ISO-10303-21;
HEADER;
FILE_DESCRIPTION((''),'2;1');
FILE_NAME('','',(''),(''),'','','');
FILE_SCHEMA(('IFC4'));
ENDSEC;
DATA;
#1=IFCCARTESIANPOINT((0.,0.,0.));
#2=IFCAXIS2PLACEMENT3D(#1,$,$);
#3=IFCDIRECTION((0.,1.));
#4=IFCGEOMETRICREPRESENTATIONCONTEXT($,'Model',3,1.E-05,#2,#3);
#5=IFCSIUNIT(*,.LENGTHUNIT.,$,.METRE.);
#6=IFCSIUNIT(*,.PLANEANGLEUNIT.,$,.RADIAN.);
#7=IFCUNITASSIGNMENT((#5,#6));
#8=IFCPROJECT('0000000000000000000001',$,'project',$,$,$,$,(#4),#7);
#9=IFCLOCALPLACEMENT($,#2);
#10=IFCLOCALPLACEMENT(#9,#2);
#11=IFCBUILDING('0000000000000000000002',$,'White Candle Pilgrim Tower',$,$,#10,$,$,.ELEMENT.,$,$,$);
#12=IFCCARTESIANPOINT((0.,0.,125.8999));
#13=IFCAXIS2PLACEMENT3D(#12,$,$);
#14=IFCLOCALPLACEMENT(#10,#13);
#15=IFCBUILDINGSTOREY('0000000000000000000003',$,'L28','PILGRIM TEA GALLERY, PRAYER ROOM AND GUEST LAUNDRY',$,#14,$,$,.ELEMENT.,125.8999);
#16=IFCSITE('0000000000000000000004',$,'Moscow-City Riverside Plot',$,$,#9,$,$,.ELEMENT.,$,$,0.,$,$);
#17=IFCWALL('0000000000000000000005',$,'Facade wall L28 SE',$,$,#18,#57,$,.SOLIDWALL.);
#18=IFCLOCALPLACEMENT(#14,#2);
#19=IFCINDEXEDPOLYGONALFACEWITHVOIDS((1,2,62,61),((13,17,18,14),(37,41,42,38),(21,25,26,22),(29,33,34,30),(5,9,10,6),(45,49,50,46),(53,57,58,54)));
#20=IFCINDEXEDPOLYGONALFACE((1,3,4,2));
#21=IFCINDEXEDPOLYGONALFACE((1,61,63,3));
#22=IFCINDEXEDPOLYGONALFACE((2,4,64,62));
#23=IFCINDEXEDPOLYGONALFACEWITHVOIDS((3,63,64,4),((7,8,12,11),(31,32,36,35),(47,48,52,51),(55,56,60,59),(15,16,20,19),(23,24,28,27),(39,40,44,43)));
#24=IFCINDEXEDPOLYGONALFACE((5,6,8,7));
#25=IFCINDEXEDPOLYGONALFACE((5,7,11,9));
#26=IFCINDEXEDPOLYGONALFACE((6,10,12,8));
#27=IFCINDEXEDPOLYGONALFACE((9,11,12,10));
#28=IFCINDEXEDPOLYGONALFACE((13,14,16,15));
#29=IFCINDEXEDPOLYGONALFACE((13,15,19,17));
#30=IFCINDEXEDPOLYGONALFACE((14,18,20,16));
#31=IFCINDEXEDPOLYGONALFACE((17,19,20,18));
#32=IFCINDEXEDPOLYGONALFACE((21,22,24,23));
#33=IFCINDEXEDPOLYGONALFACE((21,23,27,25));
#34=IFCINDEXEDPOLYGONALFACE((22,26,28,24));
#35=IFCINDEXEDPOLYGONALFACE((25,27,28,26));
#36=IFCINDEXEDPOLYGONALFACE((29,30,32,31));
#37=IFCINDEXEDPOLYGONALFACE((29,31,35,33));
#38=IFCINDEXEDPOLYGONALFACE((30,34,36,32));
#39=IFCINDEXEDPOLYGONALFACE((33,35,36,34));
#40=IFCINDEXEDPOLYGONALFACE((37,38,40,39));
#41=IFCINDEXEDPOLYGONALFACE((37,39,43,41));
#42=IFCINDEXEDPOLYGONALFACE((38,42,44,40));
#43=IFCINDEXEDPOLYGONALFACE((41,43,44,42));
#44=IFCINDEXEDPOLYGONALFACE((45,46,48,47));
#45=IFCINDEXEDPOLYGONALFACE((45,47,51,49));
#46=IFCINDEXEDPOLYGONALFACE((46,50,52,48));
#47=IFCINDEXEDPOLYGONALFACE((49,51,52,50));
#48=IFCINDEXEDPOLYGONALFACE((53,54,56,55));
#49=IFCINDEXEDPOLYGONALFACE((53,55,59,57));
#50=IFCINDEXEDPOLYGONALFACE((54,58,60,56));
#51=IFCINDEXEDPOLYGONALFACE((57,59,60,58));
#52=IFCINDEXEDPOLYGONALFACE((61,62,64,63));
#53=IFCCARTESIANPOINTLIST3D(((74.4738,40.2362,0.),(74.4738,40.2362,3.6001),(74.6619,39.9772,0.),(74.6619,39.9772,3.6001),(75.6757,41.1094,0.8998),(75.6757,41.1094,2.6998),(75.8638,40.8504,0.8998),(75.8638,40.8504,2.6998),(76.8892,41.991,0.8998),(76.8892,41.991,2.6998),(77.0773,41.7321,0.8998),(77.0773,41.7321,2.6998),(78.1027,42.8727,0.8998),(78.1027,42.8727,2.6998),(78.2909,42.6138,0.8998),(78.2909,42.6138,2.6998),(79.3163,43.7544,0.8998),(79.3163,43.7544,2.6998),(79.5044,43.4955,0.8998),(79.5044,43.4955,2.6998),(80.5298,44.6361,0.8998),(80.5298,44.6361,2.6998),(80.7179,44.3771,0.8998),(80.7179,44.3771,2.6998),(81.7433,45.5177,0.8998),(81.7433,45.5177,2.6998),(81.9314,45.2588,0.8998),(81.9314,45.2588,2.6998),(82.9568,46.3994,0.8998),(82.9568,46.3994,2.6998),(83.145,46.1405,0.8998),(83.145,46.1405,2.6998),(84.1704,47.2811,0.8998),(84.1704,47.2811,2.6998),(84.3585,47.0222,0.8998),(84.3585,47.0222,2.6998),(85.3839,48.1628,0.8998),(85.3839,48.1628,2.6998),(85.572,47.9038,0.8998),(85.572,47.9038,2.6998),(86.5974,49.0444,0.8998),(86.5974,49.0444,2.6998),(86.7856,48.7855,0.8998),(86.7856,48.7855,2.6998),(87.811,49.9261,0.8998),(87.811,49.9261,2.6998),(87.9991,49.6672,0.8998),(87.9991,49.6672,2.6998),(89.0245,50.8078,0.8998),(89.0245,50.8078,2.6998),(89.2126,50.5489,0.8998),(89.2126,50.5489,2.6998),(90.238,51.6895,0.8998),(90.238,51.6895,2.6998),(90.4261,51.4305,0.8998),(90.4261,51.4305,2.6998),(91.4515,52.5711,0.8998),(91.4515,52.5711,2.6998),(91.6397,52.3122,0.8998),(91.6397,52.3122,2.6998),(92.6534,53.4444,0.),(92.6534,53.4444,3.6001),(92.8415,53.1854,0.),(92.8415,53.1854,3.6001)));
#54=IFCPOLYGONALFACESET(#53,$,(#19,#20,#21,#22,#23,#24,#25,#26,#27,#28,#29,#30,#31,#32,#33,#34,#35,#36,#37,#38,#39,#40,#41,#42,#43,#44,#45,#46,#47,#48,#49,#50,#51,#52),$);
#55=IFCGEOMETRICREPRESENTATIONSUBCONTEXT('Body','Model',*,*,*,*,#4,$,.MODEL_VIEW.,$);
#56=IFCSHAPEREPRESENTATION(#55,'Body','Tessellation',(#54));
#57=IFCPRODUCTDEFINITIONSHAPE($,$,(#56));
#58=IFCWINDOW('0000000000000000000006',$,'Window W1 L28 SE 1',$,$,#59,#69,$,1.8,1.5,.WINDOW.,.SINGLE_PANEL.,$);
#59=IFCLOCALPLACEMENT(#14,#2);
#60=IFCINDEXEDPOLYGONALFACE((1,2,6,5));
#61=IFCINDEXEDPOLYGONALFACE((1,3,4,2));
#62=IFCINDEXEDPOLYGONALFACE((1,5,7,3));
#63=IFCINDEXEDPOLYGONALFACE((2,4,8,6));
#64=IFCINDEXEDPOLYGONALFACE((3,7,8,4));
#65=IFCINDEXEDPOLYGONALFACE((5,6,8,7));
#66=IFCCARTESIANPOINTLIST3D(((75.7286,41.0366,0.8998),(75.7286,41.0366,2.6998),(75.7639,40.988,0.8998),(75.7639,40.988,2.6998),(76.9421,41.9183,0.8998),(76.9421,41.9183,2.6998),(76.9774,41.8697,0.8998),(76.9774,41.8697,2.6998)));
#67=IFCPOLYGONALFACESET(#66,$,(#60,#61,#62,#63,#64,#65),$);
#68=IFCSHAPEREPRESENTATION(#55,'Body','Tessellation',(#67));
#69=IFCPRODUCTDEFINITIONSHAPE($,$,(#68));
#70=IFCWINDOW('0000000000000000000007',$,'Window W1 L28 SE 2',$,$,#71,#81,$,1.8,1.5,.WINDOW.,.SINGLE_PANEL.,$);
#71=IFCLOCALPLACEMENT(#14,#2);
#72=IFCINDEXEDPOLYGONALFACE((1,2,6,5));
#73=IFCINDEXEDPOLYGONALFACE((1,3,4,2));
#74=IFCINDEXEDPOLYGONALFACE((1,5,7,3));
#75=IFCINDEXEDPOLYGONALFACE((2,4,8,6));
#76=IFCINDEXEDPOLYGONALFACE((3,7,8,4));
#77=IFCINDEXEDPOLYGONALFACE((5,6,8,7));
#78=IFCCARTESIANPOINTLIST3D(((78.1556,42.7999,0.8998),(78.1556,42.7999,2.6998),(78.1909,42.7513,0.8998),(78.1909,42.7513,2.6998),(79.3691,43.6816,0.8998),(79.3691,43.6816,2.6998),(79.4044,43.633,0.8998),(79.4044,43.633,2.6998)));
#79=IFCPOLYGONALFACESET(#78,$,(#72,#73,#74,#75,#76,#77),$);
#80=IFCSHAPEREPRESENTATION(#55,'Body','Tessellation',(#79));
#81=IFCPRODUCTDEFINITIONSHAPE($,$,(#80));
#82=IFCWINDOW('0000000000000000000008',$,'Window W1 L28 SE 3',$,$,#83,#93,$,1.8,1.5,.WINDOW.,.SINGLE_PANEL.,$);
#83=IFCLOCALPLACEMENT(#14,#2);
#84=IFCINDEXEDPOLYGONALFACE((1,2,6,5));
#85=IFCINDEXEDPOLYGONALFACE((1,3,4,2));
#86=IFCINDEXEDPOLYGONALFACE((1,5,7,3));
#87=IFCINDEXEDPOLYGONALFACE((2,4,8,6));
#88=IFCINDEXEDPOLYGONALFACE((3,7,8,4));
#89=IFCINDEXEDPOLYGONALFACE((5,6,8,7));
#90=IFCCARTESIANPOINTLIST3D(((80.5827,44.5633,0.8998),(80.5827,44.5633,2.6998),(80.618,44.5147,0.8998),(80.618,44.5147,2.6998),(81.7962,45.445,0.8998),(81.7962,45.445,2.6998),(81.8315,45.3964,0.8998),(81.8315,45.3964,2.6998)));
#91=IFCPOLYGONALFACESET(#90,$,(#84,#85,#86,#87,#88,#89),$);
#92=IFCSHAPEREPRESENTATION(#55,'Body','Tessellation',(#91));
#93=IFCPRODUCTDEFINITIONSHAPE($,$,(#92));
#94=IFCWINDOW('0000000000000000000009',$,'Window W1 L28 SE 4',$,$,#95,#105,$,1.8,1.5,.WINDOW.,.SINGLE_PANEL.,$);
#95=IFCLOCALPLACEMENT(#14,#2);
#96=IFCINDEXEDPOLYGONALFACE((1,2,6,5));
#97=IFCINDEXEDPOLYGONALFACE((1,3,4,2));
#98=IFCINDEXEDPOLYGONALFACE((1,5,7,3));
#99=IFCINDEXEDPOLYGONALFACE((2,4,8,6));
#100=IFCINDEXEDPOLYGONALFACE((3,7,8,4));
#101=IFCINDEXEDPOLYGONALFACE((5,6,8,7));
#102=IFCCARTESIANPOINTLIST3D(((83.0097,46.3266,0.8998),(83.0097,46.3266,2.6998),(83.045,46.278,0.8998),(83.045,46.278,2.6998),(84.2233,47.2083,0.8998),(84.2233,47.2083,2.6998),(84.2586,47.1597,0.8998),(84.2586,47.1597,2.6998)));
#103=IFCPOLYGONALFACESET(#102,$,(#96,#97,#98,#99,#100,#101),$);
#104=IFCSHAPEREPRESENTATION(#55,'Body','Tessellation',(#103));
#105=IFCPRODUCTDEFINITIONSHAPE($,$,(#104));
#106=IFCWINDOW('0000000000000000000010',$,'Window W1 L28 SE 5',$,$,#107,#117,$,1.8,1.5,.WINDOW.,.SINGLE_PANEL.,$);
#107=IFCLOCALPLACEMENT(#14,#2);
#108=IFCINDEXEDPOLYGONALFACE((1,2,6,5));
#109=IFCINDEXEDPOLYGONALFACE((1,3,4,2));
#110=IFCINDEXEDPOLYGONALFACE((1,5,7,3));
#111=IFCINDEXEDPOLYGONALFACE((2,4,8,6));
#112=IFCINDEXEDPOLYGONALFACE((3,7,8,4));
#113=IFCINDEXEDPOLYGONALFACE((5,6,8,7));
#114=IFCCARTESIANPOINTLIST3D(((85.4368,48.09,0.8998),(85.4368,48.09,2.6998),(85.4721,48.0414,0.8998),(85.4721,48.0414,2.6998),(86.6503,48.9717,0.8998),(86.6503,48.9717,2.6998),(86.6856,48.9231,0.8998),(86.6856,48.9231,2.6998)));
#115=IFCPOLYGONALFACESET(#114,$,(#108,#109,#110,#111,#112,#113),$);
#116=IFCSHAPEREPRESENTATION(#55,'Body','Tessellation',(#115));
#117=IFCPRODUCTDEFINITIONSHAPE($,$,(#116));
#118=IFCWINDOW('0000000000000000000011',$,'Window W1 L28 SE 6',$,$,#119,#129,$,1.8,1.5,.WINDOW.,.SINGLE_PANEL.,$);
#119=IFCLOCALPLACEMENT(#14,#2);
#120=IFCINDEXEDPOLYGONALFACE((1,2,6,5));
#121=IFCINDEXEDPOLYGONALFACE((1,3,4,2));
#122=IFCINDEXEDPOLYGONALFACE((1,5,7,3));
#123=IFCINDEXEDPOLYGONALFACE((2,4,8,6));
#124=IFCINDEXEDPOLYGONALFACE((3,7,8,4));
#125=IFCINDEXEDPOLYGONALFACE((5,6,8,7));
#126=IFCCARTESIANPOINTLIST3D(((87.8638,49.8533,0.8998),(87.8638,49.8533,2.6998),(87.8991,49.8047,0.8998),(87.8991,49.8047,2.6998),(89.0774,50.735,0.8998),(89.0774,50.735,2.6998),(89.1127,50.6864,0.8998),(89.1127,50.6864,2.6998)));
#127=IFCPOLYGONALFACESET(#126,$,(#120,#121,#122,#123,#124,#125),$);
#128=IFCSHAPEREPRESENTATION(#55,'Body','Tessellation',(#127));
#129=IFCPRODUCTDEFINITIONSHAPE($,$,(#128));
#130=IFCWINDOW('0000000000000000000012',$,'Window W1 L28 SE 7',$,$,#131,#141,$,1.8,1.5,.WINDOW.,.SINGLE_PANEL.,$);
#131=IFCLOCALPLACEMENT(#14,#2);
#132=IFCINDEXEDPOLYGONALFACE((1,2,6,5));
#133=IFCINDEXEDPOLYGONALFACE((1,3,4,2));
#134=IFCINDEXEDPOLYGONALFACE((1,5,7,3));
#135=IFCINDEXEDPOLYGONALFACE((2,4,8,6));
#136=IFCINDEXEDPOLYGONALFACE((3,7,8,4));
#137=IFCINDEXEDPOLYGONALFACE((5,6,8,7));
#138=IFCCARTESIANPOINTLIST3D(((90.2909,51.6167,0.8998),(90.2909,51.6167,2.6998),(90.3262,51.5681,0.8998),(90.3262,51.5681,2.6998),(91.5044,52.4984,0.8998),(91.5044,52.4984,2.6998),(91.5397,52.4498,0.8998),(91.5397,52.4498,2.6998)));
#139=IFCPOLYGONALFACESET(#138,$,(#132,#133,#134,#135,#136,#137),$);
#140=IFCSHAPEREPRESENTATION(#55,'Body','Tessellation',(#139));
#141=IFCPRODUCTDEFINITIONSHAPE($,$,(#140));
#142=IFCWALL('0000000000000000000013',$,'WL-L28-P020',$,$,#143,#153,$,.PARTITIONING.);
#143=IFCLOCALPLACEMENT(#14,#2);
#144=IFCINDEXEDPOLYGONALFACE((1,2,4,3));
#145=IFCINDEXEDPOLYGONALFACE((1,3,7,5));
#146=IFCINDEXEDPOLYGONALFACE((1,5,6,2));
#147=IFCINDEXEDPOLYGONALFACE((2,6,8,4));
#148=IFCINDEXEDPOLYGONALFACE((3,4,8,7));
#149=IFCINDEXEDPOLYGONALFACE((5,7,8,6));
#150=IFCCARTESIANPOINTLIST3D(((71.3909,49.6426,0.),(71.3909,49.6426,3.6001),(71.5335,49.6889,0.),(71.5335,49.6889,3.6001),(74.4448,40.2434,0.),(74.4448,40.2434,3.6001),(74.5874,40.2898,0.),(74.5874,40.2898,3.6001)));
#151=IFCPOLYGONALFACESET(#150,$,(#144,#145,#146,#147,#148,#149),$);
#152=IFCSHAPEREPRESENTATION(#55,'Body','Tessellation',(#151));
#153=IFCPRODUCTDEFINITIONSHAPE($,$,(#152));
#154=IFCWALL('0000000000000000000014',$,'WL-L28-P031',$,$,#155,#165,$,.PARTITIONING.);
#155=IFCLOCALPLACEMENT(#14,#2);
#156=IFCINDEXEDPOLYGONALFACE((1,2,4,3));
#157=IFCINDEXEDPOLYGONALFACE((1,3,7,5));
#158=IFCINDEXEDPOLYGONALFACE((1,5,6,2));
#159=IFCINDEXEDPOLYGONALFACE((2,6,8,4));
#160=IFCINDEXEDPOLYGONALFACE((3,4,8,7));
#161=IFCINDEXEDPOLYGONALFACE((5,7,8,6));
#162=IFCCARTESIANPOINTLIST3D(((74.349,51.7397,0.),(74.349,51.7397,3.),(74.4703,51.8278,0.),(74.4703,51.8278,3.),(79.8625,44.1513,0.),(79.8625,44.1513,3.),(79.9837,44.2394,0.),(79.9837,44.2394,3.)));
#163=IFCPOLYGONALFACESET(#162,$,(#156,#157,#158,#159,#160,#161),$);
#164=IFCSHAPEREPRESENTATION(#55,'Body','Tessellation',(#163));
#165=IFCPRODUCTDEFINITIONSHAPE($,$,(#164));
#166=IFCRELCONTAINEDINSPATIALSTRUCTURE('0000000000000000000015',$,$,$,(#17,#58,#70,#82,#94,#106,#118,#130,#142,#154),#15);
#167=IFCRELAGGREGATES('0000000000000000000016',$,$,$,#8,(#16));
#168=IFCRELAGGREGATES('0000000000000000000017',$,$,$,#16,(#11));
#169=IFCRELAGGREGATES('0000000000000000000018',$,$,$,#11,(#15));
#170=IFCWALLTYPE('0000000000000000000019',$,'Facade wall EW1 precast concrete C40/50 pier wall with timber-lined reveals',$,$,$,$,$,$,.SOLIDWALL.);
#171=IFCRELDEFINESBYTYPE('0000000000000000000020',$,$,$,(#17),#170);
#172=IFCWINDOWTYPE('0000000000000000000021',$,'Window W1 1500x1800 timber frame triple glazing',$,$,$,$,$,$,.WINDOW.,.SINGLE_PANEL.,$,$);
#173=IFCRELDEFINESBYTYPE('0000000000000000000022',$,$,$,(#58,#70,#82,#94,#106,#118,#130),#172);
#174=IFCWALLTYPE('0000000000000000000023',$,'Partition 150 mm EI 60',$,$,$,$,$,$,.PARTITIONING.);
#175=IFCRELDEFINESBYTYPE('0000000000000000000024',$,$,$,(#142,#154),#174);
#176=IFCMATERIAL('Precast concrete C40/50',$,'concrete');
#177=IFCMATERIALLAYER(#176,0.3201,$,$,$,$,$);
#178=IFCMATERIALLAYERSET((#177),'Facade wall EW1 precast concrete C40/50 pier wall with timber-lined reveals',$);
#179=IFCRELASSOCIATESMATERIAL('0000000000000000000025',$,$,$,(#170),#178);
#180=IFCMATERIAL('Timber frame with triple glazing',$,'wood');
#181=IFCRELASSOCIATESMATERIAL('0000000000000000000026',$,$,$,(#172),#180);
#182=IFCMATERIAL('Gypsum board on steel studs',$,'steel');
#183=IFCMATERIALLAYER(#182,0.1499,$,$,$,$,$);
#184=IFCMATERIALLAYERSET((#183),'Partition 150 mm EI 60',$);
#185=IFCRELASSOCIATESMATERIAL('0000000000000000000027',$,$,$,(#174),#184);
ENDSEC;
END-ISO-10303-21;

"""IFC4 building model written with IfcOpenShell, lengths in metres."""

from ifc_helpers import new_model, si_unit, direction, frame, frame_2d, origin, place, context, subcontext, project, spatial, rectangle, extrude, material, layer, layer_set, type_object, element, fill, save


model = new_model("IFC4")

# Units and contexts
model_context = context("Model", 3, precision=1e-05, world=origin(), true_north=direction((0.0, 1.0)))
body_context = subcontext(model_context, "Body", "Model", "MODEL_VIEW")
ifc_project = project(units=[si_unit("LENGTHUNIT", "METRE"), si_unit("PLANEANGLEUNIT", "RADIAN")], contexts=[model_context])

# Site, building, storey
site_placement = place(None, origin())
site = spatial("IfcSite", under=ifc_project, at=site_placement, Name="Moscow-City Riverside Plot", CompositionType="ELEMENT", RefElevation=0.0)
building_placement = place(site_placement, origin())
building = spatial("IfcBuilding", under=site, at=building_placement, Name="White Candle Pilgrim Tower", CompositionType="ELEMENT")
storey_placement = place(building_placement, frame((0.0, 0.0, 125.8999)))
storey = spatial("IfcBuildingStorey", under=building, at=storey_placement, Name="L28", Description="PILGRIM TEA GALLERY, PRAYER ROOM AND GUEST LAUNDRY", CompositionType="ELEMENT", Elevation=125.8999)

# Wall, openings, windows
ifc_material_1 = material(Name="Precast concrete C40/50", Category="concrete")
ifc_layer_1 = layer(ifc_material_1, 0.3201)
ifc_layer_set_1 = layer_set([ifc_layer_1], Name="Facade wall EW1 precast concrete C40/50 pier wall with timber-lined reveals")
wall_type_1 = type_object("IfcWallType", Name="Facade wall EW1 precast concrete C40/50 pier wall with timber-lined reveals", PredefinedType="SOLIDWALL", material=ifc_layer_set_1)
wall_1_placement = place(storey_placement, frame((74.5679, 40.1067, 0.0), z_axis=(0.0, 0.0, 1.0), x_axis=(0.809018, 0.587783, 0.0)))
wall_1 = element("IfcWall", 1, at=wall_1_placement, inside=storey, type_object=wall_type_1, Name="Facade wall L28 SE", PredefinedType="SOLIDWALL", context=body_context, shape_type="SweptSolid", body=[
    extrude(rectangle(XDim=22.4712, YDim=0.3201, at=frame_2d((11.2356, 0.0))), origin(), (0.0, 0.0, 1.0), 3.6001),
])
opening_1_placement = place(wall_1_placement, frame((1.4856, 0.0, 0.8999)))
opening_1 = element("IfcOpeningElement", 2, at=opening_1_placement, cuts=wall_1, PredefinedType="OPENING", context=body_context, shape_type="SweptSolid", body=[
    extrude(rectangle(XDim=1.5, YDim=1.8, at=frame_2d((0.75, 0.8999))), frame((0.0, 0.1699, 0.0), z_axis=(0.0, -1.0, 0.0), x_axis=(1.0, 0.0, 0.0)), (0.0, 0.0, 1.0), 0.3401),
])
opening_2_placement = place(wall_1_placement, frame((4.4856, 0.0, 0.8999)))
opening_2 = element("IfcOpeningElement", 3, at=opening_2_placement, cuts=wall_1, PredefinedType="OPENING", context=body_context, shape_type="SweptSolid", body=[
    extrude(rectangle(XDim=1.5, YDim=1.8, at=frame_2d((0.75, 0.8999))), frame((0.0, 0.1699, 0.0), z_axis=(0.0, -1.0, 0.0), x_axis=(1.0, 0.0, 0.0)), (0.0, 0.0, 1.0), 0.3401),
])
opening_3_placement = place(wall_1_placement, frame((7.4856, 0.0, 0.8999)))
opening_3 = element("IfcOpeningElement", 4, at=opening_3_placement, cuts=wall_1, PredefinedType="OPENING", context=body_context, shape_type="SweptSolid", body=[
    extrude(rectangle(XDim=1.5, YDim=1.8, at=frame_2d((0.75, 0.8999))), frame((0.0, 0.1699, 0.0), z_axis=(0.0, -1.0, 0.0), x_axis=(1.0, 0.0, 0.0)), (0.0, 0.0, 1.0), 0.3401),
])
opening_4_placement = place(wall_1_placement, frame((10.4856, 0.0, 0.8999)))
opening_4 = element("IfcOpeningElement", 5, at=opening_4_placement, cuts=wall_1, PredefinedType="OPENING", context=body_context, shape_type="SweptSolid", body=[
    extrude(rectangle(XDim=1.5, YDim=1.8, at=frame_2d((0.75, 0.8999))), frame((0.0, 0.1699, 0.0), z_axis=(0.0, -1.0, 0.0), x_axis=(1.0, 0.0, 0.0)), (0.0, 0.0, 1.0), 0.3401),
])
opening_5_placement = place(wall_1_placement, frame((13.4856, 0.0, 0.8999)))
opening_5 = element("IfcOpeningElement", 6, at=opening_5_placement, cuts=wall_1, PredefinedType="OPENING", context=body_context, shape_type="SweptSolid", body=[
    extrude(rectangle(XDim=1.5, YDim=1.8, at=frame_2d((0.75, 0.8999))), frame((0.0, 0.1699, 0.0), z_axis=(0.0, -1.0, 0.0), x_axis=(1.0, 0.0, 0.0)), (0.0, 0.0, 1.0), 0.3401),
])
opening_6_placement = place(wall_1_placement, frame((16.4856, 0.0, 0.8999)))
opening_6 = element("IfcOpeningElement", 7, at=opening_6_placement, cuts=wall_1, PredefinedType="OPENING", context=body_context, shape_type="SweptSolid", body=[
    extrude(rectangle(XDim=1.5, YDim=1.8, at=frame_2d((0.75, 0.8999))), frame((0.0, 0.1699, 0.0), z_axis=(0.0, -1.0, 0.0), x_axis=(1.0, 0.0, 0.0)), (0.0, 0.0, 1.0), 0.3401),
])
opening_7_placement = place(wall_1_placement, frame((19.4856, 0.0, 0.8999)))
opening_7 = element("IfcOpeningElement", 8, at=opening_7_placement, cuts=wall_1, PredefinedType="OPENING", context=body_context, shape_type="SweptSolid", body=[
    extrude(rectangle(XDim=1.5, YDim=1.8, at=frame_2d((0.75, 0.8999))), frame((0.0, 0.1699, 0.0), z_axis=(0.0, -1.0, 0.0), x_axis=(1.0, 0.0, 0.0)), (0.0, 0.0, 1.0), 0.3401),
])
ifc_material_2 = material(Name="Timber frame with triple glazing", Category="wood")
window_type = type_object("IfcWindowType", Name="Window W1 1500x1800 timber frame triple glazing", PartitioningType="SINGLE_PANEL", PredefinedType="WINDOW", material=ifc_material_2)
window_1_placement = place(opening_1_placement, origin())
window_1 = element("IfcWindow", 9, at=window_1_placement, inside=storey, type_object=window_type, Name="Window W1 L28 SE 1", OverallHeight=1.8, OverallWidth=1.5, PartitioningType="SINGLE_PANEL", PredefinedType="WINDOW", context=body_context, shape_type="SweptSolid", body=[
    extrude(rectangle(XDim=1.5, YDim=1.8, at=frame_2d((0.75, 0.8999))), frame((0.0, 0.0701, 0.0), z_axis=(0.0, -1.0, 0.0), x_axis=(1.0, 0.0, 0.0)), (0.0, 0.0, 1.0), 0.0601),
])
fill(opening_1, window_1)
window_2_placement = place(opening_2_placement, origin())
window_2 = element("IfcWindow", 10, at=window_2_placement, inside=storey, type_object=window_type, Name="Window W1 L28 SE 2", OverallHeight=1.8, OverallWidth=1.5, PartitioningType="SINGLE_PANEL", PredefinedType="WINDOW", context=body_context, shape_type="SweptSolid", body=[
    extrude(rectangle(XDim=1.5, YDim=1.8, at=frame_2d((0.75, 0.8999))), frame((0.0, 0.0701, 0.0), z_axis=(0.0, -1.0, 0.0), x_axis=(1.0, 0.0, 0.0)), (0.0, 0.0, 1.0), 0.0601),
])
fill(opening_2, window_2)
window_3_placement = place(opening_3_placement, origin())
window_3 = element("IfcWindow", 11, at=window_3_placement, inside=storey, type_object=window_type, Name="Window W1 L28 SE 3", OverallHeight=1.8, OverallWidth=1.5, PartitioningType="SINGLE_PANEL", PredefinedType="WINDOW", context=body_context, shape_type="SweptSolid", body=[
    extrude(rectangle(XDim=1.5, YDim=1.8, at=frame_2d((0.75, 0.8999))), frame((0.0, 0.0701, 0.0), z_axis=(0.0, -1.0, 0.0), x_axis=(1.0, 0.0, 0.0)), (0.0, 0.0, 1.0), 0.0601),
])
fill(opening_3, window_3)
window_4_placement = place(opening_4_placement, origin())
window_4 = element("IfcWindow", 12, at=window_4_placement, inside=storey, type_object=window_type, Name="Window W1 L28 SE 4", OverallHeight=1.8, OverallWidth=1.5, PartitioningType="SINGLE_PANEL", PredefinedType="WINDOW", context=body_context, shape_type="SweptSolid", body=[
    extrude(rectangle(XDim=1.5, YDim=1.8, at=frame_2d((0.75, 0.8999))), frame((0.0, 0.0701, 0.0), z_axis=(0.0, -1.0, 0.0), x_axis=(1.0, 0.0, 0.0)), (0.0, 0.0, 1.0), 0.0601),
])
fill(opening_4, window_4)
window_5_placement = place(opening_5_placement, origin())
window_5 = element("IfcWindow", 13, at=window_5_placement, inside=storey, type_object=window_type, Name="Window W1 L28 SE 5", OverallHeight=1.8, OverallWidth=1.5, PartitioningType="SINGLE_PANEL", PredefinedType="WINDOW", context=body_context, shape_type="SweptSolid", body=[
    extrude(rectangle(XDim=1.5, YDim=1.8, at=frame_2d((0.75, 0.8999))), frame((0.0, 0.0701, 0.0), z_axis=(0.0, -1.0, 0.0), x_axis=(1.0, 0.0, 0.0)), (0.0, 0.0, 1.0), 0.0601),
])
fill(opening_5, window_5)
window_6_placement = place(opening_6_placement, origin())
window_6 = element("IfcWindow", 14, at=window_6_placement, inside=storey, type_object=window_type, Name="Window W1 L28 SE 6", OverallHeight=1.8, OverallWidth=1.5, PartitioningType="SINGLE_PANEL", PredefinedType="WINDOW", context=body_context, shape_type="SweptSolid", body=[
    extrude(rectangle(XDim=1.5, YDim=1.8, at=frame_2d((0.75, 0.8999))), frame((0.0, 0.0701, 0.0), z_axis=(0.0, -1.0, 0.0), x_axis=(1.0, 0.0, 0.0)), (0.0, 0.0, 1.0), 0.0601),
])
fill(opening_6, window_6)
window_7_placement = place(opening_7_placement, origin())
window_7 = element("IfcWindow", 15, at=window_7_placement, inside=storey, type_object=window_type, Name="Window W1 L28 SE 7", OverallHeight=1.8, OverallWidth=1.5, PartitioningType="SINGLE_PANEL", PredefinedType="WINDOW", context=body_context, shape_type="SweptSolid", body=[
    extrude(rectangle(XDim=1.5, YDim=1.8, at=frame_2d((0.75, 0.8999))), frame((0.0, 0.0701, 0.0), z_axis=(0.0, -1.0, 0.0), x_axis=(1.0, 0.0, 0.0)), (0.0, 0.0, 1.0), 0.0601),
])
fill(opening_7, window_7)

# Walls
ifc_material_3 = material(Name="Gypsum board on steel studs", Category="steel")
ifc_layer_2 = layer(ifc_material_3, 0.1499)
ifc_layer_set_2 = layer_set([ifc_layer_2], Name="Partition 150 mm EI 60")
wall_type_2 = type_object("IfcWallType", Name="Partition 150 mm EI 60", PredefinedType="PARTITIONING", material=ifc_layer_set_2)
wall_2_placement = place(storey_placement, frame((74.5161, 40.2666, 0.0), z_axis=(0.0, 0.0, 1.0), x_axis=(-0.309015, 0.951057, 0.0)))
element("IfcWall", 16, at=wall_2_placement, inside=storey, type_object=wall_type_2, Name="WL-L28-P020", PredefinedType="PARTITIONING", context=body_context, shape_type="SweptSolid", body=[
    extrude(rectangle(XDim=9.8828, YDim=0.1499, at=frame_2d((4.9414, 0.0))), origin(), (0.0, 0.0, 1.0), 3.6001),
])
wall_3_placement = place(storey_placement, frame((79.9231, 44.1953, 0.0), z_axis=(0.0, 0.0, 1.0), x_axis=(-0.587796, 0.80901, 0.0)))
element("IfcWall", 17, at=wall_3_placement, inside=storey, type_object=wall_type_2, Name="WL-L28-P031", PredefinedType="PARTITIONING", context=body_context, shape_type="SweptSolid", body=[
    extrude(rectangle(XDim=9.3799, YDim=0.1499, at=frame_2d((4.6899, 0.0))), origin(), (0.0, 0.0, 1.0), 3.0),
])

save(model, "model.ifc")
